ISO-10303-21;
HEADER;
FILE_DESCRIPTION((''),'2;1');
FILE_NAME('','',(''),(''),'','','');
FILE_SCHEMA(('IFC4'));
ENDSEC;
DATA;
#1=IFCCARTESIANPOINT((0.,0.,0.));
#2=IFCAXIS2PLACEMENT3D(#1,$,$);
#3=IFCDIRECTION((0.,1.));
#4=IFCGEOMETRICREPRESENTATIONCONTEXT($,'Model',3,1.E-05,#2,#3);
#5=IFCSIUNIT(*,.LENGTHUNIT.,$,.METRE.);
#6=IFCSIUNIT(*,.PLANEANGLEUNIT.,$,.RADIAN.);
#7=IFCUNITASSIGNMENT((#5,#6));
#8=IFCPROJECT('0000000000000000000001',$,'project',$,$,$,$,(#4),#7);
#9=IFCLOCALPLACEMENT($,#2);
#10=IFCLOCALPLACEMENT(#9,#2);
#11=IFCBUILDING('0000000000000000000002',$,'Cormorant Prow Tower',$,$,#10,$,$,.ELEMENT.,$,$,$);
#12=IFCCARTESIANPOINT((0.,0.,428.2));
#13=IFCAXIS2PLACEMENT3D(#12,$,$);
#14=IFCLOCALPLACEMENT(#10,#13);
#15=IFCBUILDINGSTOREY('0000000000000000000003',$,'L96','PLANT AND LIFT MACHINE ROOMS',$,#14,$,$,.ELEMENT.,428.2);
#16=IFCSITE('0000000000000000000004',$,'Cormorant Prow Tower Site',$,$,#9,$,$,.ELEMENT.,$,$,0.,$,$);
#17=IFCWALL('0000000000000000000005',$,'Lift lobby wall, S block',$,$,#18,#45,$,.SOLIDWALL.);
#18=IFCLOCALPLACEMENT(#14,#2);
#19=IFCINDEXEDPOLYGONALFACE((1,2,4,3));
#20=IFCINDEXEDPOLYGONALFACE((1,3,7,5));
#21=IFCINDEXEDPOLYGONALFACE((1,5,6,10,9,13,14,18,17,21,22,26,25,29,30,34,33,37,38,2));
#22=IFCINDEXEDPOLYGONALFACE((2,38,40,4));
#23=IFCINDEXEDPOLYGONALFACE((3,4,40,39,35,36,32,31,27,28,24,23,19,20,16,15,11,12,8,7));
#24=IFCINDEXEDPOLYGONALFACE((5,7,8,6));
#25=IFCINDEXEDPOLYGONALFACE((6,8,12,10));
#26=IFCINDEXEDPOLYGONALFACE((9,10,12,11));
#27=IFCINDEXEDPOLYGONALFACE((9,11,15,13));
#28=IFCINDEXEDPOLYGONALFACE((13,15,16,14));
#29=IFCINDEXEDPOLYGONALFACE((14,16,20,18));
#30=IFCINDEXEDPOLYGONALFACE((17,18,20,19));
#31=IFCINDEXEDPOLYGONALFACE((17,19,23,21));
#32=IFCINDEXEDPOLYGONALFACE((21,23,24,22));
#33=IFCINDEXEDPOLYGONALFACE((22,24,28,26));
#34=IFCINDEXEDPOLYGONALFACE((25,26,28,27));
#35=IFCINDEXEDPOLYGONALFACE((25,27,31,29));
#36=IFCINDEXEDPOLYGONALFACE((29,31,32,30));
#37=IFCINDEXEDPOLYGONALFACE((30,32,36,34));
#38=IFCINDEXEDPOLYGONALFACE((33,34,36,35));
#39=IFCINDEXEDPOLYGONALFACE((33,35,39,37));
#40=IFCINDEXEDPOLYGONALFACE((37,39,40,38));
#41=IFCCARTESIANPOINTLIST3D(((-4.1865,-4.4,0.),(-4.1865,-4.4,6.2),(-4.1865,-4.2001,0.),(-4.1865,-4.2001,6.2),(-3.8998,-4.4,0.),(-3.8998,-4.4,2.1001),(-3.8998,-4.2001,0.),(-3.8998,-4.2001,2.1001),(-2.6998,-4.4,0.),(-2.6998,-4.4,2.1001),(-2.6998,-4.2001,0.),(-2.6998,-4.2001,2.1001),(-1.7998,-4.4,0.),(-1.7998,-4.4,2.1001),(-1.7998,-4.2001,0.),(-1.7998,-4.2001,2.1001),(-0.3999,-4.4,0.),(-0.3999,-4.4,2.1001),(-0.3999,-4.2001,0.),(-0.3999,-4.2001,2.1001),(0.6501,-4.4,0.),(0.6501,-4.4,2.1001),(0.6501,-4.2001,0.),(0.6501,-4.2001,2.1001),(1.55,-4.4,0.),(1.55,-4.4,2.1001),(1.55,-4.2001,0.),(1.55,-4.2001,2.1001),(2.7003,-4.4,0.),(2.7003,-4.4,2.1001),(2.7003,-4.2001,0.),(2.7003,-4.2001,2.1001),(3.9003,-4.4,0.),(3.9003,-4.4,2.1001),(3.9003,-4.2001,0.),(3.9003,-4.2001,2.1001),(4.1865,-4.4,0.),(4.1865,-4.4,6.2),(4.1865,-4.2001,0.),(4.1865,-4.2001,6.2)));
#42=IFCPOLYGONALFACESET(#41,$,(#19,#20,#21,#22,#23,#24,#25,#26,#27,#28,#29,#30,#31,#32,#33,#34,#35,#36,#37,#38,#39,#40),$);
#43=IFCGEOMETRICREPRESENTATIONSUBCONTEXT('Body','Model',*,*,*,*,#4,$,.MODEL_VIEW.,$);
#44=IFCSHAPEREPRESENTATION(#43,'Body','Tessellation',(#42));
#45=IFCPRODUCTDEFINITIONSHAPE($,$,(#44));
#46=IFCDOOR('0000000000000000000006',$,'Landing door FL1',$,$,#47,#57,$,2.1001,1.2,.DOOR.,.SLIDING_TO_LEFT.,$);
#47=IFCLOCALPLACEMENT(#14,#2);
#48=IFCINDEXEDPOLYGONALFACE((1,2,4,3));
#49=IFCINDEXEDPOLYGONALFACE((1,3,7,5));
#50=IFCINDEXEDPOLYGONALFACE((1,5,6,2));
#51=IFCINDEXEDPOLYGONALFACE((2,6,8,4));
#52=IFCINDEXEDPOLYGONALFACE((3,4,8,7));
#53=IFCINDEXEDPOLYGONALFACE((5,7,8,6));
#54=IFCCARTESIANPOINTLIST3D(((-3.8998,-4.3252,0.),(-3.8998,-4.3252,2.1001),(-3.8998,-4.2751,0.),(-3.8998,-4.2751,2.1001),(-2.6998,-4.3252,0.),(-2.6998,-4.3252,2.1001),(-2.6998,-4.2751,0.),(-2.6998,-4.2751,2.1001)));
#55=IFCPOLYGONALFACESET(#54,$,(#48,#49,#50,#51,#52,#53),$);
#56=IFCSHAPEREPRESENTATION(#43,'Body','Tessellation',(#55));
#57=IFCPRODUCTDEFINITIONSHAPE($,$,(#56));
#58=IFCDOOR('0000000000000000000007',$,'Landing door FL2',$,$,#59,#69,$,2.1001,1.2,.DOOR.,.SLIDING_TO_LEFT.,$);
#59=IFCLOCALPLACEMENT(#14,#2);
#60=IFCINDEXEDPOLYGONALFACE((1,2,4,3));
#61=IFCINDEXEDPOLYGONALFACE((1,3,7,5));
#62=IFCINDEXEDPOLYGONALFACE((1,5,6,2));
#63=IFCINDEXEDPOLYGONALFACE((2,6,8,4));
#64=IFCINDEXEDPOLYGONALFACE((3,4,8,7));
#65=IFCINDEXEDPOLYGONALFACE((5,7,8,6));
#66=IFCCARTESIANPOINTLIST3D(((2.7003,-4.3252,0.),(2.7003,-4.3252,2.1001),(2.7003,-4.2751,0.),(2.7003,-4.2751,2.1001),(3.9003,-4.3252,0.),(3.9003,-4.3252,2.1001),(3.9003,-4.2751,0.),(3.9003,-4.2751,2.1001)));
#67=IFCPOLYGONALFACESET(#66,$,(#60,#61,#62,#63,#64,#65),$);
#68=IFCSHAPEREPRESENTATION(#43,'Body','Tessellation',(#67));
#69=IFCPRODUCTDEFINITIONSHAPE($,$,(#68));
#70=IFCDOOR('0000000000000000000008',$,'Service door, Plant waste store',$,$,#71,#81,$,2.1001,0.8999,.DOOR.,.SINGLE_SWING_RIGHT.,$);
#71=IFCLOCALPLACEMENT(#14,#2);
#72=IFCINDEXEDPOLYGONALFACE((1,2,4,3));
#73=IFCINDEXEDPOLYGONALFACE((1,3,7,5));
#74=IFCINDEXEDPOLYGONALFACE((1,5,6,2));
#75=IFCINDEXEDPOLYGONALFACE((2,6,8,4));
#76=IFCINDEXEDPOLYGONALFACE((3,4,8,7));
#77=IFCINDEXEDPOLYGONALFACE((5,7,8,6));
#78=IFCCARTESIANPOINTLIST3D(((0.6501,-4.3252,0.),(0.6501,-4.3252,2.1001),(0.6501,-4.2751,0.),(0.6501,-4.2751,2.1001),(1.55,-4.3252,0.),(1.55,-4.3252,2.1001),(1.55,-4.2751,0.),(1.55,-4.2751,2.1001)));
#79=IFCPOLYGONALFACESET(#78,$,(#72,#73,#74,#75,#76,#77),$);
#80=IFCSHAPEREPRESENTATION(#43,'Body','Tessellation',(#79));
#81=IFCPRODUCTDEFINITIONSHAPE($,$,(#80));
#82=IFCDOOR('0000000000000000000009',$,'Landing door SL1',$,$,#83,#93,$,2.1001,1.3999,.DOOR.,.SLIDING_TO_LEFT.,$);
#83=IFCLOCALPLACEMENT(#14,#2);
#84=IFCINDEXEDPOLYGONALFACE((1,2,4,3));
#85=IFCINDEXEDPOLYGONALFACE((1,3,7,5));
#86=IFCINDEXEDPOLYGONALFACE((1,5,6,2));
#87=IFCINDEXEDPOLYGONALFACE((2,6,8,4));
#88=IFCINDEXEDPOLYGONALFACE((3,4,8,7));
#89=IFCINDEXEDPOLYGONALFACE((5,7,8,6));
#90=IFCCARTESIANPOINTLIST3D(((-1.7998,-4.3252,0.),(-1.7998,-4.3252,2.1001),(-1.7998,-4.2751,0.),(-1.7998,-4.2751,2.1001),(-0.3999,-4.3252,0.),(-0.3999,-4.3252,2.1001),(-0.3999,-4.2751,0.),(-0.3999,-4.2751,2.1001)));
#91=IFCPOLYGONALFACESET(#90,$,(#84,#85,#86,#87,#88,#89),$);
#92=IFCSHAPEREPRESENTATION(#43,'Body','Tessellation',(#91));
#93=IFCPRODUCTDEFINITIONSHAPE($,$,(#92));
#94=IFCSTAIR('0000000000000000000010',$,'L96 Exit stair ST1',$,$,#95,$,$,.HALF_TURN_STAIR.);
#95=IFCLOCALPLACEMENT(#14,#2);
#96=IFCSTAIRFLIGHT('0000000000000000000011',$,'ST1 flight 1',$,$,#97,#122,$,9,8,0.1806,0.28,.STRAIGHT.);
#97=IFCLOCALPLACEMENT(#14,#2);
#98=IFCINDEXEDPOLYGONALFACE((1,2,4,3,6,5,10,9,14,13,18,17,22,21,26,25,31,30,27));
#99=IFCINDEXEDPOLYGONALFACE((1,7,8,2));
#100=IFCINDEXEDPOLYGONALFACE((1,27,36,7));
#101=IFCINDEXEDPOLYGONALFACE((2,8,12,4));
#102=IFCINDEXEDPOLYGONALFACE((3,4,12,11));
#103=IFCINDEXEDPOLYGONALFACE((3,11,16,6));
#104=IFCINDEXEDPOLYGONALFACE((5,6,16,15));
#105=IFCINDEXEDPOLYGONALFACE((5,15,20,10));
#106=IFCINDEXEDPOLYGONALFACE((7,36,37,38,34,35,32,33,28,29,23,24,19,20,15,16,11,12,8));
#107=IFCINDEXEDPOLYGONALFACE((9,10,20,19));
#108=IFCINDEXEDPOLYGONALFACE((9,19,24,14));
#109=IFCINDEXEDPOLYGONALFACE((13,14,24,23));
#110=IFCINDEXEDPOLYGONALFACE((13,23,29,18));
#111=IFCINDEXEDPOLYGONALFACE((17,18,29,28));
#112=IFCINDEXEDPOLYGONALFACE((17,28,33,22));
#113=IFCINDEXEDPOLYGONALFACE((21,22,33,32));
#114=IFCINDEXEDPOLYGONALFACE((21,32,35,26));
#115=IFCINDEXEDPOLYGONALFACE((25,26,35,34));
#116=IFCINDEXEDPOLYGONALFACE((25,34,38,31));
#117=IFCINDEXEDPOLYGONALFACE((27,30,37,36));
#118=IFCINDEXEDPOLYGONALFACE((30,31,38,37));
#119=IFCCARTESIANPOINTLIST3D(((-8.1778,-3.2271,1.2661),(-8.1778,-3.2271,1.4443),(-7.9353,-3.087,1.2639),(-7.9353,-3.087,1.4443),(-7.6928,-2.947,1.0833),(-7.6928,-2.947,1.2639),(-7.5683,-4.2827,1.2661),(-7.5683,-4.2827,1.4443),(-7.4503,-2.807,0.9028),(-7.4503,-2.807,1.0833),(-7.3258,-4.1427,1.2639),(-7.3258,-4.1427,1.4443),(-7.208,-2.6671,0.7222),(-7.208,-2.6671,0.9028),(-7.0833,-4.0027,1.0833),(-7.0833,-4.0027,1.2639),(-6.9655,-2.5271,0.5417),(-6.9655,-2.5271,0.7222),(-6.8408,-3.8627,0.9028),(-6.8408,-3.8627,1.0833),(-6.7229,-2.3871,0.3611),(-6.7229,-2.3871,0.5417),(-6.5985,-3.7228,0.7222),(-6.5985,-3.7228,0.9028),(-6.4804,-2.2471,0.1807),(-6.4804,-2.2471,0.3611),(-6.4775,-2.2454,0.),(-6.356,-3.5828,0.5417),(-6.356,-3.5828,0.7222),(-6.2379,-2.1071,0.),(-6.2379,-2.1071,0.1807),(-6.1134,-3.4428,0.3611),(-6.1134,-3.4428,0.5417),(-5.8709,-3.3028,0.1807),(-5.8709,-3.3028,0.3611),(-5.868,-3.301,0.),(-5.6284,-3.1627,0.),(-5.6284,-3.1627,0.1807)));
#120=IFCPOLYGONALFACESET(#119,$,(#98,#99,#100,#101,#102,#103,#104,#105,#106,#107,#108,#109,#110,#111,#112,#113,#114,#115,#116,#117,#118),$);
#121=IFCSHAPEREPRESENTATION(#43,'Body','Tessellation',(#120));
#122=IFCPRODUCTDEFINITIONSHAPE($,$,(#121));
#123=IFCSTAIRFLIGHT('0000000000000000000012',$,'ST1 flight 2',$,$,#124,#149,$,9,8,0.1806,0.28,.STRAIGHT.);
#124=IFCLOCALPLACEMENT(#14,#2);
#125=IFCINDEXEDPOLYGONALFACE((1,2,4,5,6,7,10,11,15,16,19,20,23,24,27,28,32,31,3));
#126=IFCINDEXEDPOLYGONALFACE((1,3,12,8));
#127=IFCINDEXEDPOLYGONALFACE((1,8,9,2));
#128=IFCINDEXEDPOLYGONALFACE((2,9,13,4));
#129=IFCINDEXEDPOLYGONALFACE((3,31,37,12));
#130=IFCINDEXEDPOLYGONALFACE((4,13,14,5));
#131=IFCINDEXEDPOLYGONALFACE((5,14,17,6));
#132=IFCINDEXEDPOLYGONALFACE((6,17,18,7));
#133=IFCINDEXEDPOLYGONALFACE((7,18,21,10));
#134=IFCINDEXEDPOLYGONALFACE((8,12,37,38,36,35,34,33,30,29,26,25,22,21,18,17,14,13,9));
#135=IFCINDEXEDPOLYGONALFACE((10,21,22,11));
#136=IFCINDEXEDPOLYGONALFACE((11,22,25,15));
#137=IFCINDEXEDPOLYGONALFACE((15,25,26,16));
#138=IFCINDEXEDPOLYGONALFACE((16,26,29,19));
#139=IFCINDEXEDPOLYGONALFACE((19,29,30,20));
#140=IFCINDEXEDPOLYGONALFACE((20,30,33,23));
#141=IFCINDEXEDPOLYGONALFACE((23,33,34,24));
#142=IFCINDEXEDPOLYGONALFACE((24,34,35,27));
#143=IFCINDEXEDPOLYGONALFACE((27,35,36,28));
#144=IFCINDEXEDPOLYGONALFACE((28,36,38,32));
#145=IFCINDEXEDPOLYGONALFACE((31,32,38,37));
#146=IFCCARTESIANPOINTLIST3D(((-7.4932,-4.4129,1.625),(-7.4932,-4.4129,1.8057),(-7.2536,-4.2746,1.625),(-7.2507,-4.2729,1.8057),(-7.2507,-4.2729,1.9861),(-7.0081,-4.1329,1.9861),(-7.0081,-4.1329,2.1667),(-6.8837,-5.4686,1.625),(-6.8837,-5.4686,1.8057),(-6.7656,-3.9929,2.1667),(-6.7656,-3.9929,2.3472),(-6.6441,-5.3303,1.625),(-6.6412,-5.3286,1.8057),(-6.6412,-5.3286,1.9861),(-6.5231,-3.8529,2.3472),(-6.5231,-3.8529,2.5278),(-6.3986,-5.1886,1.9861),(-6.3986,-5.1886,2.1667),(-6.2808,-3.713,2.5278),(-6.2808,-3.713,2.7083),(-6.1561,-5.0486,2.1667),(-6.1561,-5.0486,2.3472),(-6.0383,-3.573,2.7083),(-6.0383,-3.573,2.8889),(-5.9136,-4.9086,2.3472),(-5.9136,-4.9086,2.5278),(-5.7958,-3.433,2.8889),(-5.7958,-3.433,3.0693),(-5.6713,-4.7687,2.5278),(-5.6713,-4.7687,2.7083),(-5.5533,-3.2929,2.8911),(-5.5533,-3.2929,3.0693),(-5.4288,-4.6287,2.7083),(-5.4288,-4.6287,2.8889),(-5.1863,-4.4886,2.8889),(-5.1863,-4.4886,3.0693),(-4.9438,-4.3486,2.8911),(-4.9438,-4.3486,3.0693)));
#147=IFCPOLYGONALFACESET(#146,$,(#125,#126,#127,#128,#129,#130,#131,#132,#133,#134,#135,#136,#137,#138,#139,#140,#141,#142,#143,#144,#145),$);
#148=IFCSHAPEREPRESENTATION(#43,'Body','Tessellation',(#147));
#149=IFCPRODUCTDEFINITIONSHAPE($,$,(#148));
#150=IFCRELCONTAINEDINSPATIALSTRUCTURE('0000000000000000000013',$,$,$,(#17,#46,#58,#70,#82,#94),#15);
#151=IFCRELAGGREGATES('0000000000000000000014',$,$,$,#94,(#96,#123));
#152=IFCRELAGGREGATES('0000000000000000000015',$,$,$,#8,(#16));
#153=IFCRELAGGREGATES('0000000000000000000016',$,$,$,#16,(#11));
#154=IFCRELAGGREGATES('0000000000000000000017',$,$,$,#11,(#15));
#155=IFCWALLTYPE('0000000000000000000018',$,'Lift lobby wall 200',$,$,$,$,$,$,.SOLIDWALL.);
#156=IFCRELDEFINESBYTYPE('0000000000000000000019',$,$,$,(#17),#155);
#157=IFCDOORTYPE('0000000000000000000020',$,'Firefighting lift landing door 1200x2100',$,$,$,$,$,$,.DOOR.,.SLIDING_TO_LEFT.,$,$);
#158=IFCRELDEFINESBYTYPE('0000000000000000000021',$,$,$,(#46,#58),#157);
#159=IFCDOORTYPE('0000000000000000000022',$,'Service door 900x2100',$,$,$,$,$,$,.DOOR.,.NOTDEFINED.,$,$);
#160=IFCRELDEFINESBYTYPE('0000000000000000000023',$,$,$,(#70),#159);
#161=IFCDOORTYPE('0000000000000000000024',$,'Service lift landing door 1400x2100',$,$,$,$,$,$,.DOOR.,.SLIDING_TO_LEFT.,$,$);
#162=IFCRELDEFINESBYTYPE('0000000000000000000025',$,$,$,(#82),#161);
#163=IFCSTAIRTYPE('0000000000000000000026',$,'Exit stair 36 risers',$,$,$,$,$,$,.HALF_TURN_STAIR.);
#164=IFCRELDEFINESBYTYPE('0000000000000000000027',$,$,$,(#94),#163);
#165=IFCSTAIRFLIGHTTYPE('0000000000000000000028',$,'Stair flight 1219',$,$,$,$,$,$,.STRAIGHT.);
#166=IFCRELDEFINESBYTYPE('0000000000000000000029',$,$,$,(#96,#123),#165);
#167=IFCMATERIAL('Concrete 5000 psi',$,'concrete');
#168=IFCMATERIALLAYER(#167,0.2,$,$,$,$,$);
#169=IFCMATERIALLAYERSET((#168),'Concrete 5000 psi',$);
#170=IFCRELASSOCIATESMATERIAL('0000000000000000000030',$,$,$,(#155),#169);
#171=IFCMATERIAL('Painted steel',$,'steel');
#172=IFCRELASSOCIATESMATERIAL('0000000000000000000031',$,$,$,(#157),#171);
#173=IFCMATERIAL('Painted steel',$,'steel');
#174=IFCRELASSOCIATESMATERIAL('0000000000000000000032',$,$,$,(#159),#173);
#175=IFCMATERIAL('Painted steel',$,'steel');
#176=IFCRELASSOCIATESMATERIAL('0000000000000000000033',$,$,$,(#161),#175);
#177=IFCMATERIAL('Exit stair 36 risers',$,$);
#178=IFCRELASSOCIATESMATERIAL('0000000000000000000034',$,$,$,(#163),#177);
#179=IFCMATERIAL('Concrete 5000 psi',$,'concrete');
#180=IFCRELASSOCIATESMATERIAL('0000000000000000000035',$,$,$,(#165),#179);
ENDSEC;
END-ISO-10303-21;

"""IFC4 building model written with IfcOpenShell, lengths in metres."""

from ifc_helpers import new_model, si_unit, direction, frame, frame_2d, origin, place, context, subcontext, project, spatial, polyline, rectangle, outline, extrude, material, layer, layer_set, type_object, element, fill, aggregate, save


model = new_model("IFC4")

# Units and contexts
model_context = context("Model", 3, precision=1e-05, world=origin(), true_north=direction((0.0, 1.0)))
body_context = subcontext(model_context, "Body", "Model", "MODEL_VIEW")
ifc_project = project(units=[si_unit("LENGTHUNIT", "METRE"), si_unit("PLANEANGLEUNIT", "RADIAN")], contexts=[model_context])

# Site, building, storey
site_placement = place(None, origin())
site = spatial("IfcSite", under=ifc_project, at=site_placement, Name="Cormorant Prow Tower Site", CompositionType="ELEMENT", RefElevation=0.0)
building_placement = place(site_placement, origin())
building = spatial("IfcBuilding", under=site, at=building_placement, Name="Cormorant Prow Tower", CompositionType="ELEMENT")
storey_placement = place(building_placement, frame((0.0, 0.0, 428.2)))
storey = spatial("IfcBuildingStorey", under=building, at=storey_placement, Name="L96", Description="PLANT AND LIFT MACHINE ROOMS", CompositionType="ELEMENT", Elevation=428.2)

# Wall, openings, doors
ifc_material_1 = material(Name="Concrete 5000 psi", Category="concrete")
ifc_layer_1 = layer(ifc_material_1, 0.2)
ifc_layer_set_1 = layer_set([ifc_layer_1], Name="Concrete 5000 psi")
wall_type_1 = type_object("IfcWallType", Name="Lift lobby wall 200", PredefinedType="SOLIDWALL", material=ifc_layer_set_1)
wall_1_placement = place(storey_placement, frame((-4.1865, -4.3, 0.0), z_axis=(0.0, 0.0, 1.0), x_axis=(1.0, 0.0, 0.0)))
wall_1 = element("IfcWall", 1, at=wall_1_placement, inside=storey, type_object=wall_type_1, Name="Lift lobby wall, S block", PredefinedType="SOLIDWALL", context=body_context, shape_type="SweptSolid", body=[
    extrude(rectangle(XDim=8.373, YDim=0.2, at=frame_2d((4.1865, 0.0))), origin(), (0.0, 0.0, 1.0), 6.2),
])
opening_1_placement = place(wall_1_placement, frame((0.2866, 0.0, 0.0)))
opening_1 = element("IfcOpeningElement", 2, at=opening_1_placement, cuts=wall_1, PredefinedType="OPENING", context=body_context, shape_type="SweptSolid", body=[
    extrude(rectangle(XDim=1.2, YDim=2.1001, at=frame_2d((0.6001, 1.05))), frame((0.0, 0.1099, 0.0), z_axis=(0.0, -1.0, 0.0), x_axis=(1.0, 0.0, 0.0)), (0.0, 0.0, 1.0), 0.22),
])
opening_2_placement = place(wall_1_placement, frame((2.3867, 0.0, 0.0)))
opening_2 = element("IfcOpeningElement", 3, at=opening_2_placement, cuts=wall_1, PredefinedType="OPENING", context=body_context, shape_type="SweptSolid", body=[
    extrude(rectangle(XDim=1.3999, YDim=2.1001, at=frame_2d((0.7, 1.05))), frame((0.0, 0.1099, 0.0), z_axis=(0.0, -1.0, 0.0), x_axis=(1.0, 0.0, 0.0)), (0.0, 0.0, 1.0), 0.22),
])
opening_3_placement = place(wall_1_placement, frame((4.8367, 0.0, 0.0)))
opening_3 = element("IfcOpeningElement", 4, at=opening_3_placement, cuts=wall_1, PredefinedType="OPENING", context=body_context, shape_type="SweptSolid", body=[
    extrude(rectangle(XDim=0.8999, YDim=2.1001, at=frame_2d((0.45, 1.05))), frame((0.0, 0.1099, 0.0), z_axis=(0.0, -1.0, 0.0), x_axis=(1.0, 0.0, 0.0)), (0.0, 0.0, 1.0), 0.22),
])
opening_4_placement = place(wall_1_placement, frame((6.8867, 0.0, 0.0)))
opening_4 = element("IfcOpeningElement", 5, at=opening_4_placement, cuts=wall_1, PredefinedType="OPENING", context=body_context, shape_type="SweptSolid", body=[
    extrude(rectangle(XDim=1.2, YDim=2.1001, at=frame_2d((0.6001, 1.05))), frame((0.0, 0.1099, 0.0), z_axis=(0.0, -1.0, 0.0), x_axis=(1.0, 0.0, 0.0)), (0.0, 0.0, 1.0), 0.22),
])
ifc_material_2 = material(Name="Painted steel", Category="steel")
door_type_1 = type_object("IfcDoorType", Name="Firefighting lift landing door 1200x2100", OperationType="SLIDING_TO_LEFT", PredefinedType="DOOR", material=ifc_material_2)
door_1_placement = place(opening_1_placement, origin())
door_1 = element("IfcDoor", 6, at=door_1_placement, inside=storey, type_object=door_type_1, Name="Landing door FL1", OperationType="SLIDING_TO_LEFT", OverallHeight=2.1001, OverallWidth=1.2, PredefinedType="DOOR", context=body_context, shape_type="SweptSolid", body=[
    extrude(rectangle(XDim=1.2, YDim=2.1001, at=frame_2d((0.6001, 1.05))), frame((0.0, 0.0249, 0.0), z_axis=(0.0, -1.0, 0.0), x_axis=(1.0, 0.0, 0.0)), (0.0, 0.0, 1.0), 0.05),
])
fill(opening_1, door_1)
door_2_placement = place(opening_4_placement, origin())
door_2 = element("IfcDoor", 7, at=door_2_placement, inside=storey, type_object=door_type_1, Name="Landing door FL2", OperationType="SLIDING_TO_LEFT", OverallHeight=2.1001, OverallWidth=1.2, PredefinedType="DOOR", context=body_context, shape_type="SweptSolid", body=[
    extrude(rectangle(XDim=1.2, YDim=2.1001, at=frame_2d((0.6001, 1.05))), frame((0.0, 0.0249, 0.0), z_axis=(0.0, -1.0, 0.0), x_axis=(1.0, 0.0, 0.0)), (0.0, 0.0, 1.0), 0.05),
])
fill(opening_4, door_2)
ifc_material_3 = material(Name="Painted steel", Category="steel")
door_type_2 = type_object("IfcDoorType", Name="Service door 900x2100", OperationType="NOTDEFINED", PredefinedType="DOOR", material=ifc_material_3)
door_3_placement = place(opening_3_placement, origin())
door_3 = element("IfcDoor", 8, at=door_3_placement, inside=storey, type_object=door_type_2, Name="Service door, Plant waste store", OperationType="SINGLE_SWING_RIGHT", OverallHeight=2.1001, OverallWidth=0.8999, PredefinedType="DOOR", context=body_context, shape_type="SweptSolid", body=[
    extrude(rectangle(XDim=0.8999, YDim=2.1001, at=frame_2d((0.45, 1.05))), frame((0.0, 0.0249, 0.0), z_axis=(0.0, -1.0, 0.0), x_axis=(1.0, 0.0, 0.0)), (0.0, 0.0, 1.0), 0.05),
])
fill(opening_3, door_3)
ifc_material_4 = material(Name="Painted steel", Category="steel")
door_type_3 = type_object("IfcDoorType", Name="Service lift landing door 1400x2100", OperationType="SLIDING_TO_LEFT", PredefinedType="DOOR", material=ifc_material_4)
door_4_placement = place(opening_2_placement, origin())
door_4 = element("IfcDoor", 9, at=door_4_placement, inside=storey, type_object=door_type_3, Name="Landing door SL1", OperationType="SLIDING_TO_LEFT", OverallHeight=2.1001, OverallWidth=1.3999, PredefinedType="DOOR", context=body_context, shape_type="SweptSolid", body=[
    extrude(rectangle(XDim=1.3999, YDim=2.1001, at=frame_2d((0.7, 1.05))), frame((0.0, 0.0249, 0.0), z_axis=(0.0, -1.0, 0.0), x_axis=(1.0, 0.0, 0.0)), (0.0, 0.0, 1.0), 0.05),
])
fill(opening_2, door_4)

# Stair, stair flights
ifc_material_5 = material(Name="Exit stair 36 risers")
stair_type = type_object("IfcStairType", Name="Exit stair 36 risers", PredefinedType="HALF_TURN_STAIR", material=ifc_material_5)
stair_placement = place(storey_placement, origin())
stair = element("IfcStair", 10, at=stair_placement, inside=storey, type_object=stair_type, Name="L96 Exit stair ST1", PredefinedType="HALF_TURN_STAIR")
ifc_material_6 = material(Name="Concrete 5000 psi", Category="concrete")
stair_flight_type = type_object("IfcStairFlightType", Name="Stair flight 1219", PredefinedType="STRAIGHT", material=ifc_material_6)
stair_flight_1_placement = place(storey_placement, frame((-5.9331, -2.635, 0.0), z_axis=(0.0, 0.0, 1.0), x_axis=(-0.866025, -0.5, 0.0)))
stair_flight_1 = element("IfcStairFlight", 11, at=stair_flight_1_placement, type_object=stair_flight_type, Name="ST1 flight 1", NumberOfRisers=9, NumberOfTreads=8, PredefinedType="STRAIGHT", RiserHeight=0.1806, TreadLength=0.28, context=body_context, shape_type="SweptSolid", body=[
    extrude(outline(polyline([(0.0, 0.0), (0.0, 0.1807), (0.28, 0.1807), (0.28, 0.3611), (0.5601, 0.3611), (0.5601, 0.5417), (0.8401, 0.5417), (0.8401, 0.7222), (1.1201, 0.7222), (1.1201, 0.9028), (1.3999, 0.9028), (1.3999, 1.0833), (1.6799, 1.0833), (1.6799, 1.2639), (1.96, 1.2639), (1.96, 1.4443), (2.24, 1.4443), (2.24, 1.625), (2.24, 1.2661), (0.2766, 0.0), (0.0, 0.0)])), frame((0.0, 0.6094, 0.0), z_axis=(0.0, -1.0, 0.0), x_axis=(1.0, 0.0, 0.0)), (0.0, 0.0, 1.0), 1.219),
])
stair_flight_2_placement = place(storey_placement, frame((-7.1885, -4.9407, 1.625), z_axis=(0.0, 0.0, 1.0), x_axis=(0.866025, 0.5, 0.0)))
stair_flight_2 = element("IfcStairFlight", 12, at=stair_flight_2_placement, type_object=stair_flight_type, Name="ST1 flight 2", NumberOfRisers=9, NumberOfTreads=8, PredefinedType="STRAIGHT", RiserHeight=0.1806, TreadLength=0.28, context=body_context, shape_type="SweptSolid", body=[
    extrude(outline(polyline([(0.0, 0.0), (0.0, 0.1807), (0.28, 0.1807), (0.28, 0.3611), (0.5601, 0.3611), (0.5601, 0.5417), (0.8401, 0.5417), (0.8401, 0.7222), (1.1201, 0.7222), (1.1201, 0.9028), (1.3999, 0.9028), (1.3999, 1.0833), (1.6799, 1.0833), (1.6799, 1.2639), (1.96, 1.2639), (1.96, 1.4443), (2.24, 1.4443), (2.24, 1.625), (2.24, 1.2661), (0.2766, 0.0), (0.0, 0.0)])), frame((0.0, 0.6094, 0.0), z_axis=(0.0, -1.0, 0.0), x_axis=(1.0, 0.0, 0.0)), (0.0, 0.0, 1.0), 1.219),
])
aggregate(stair, [stair_flight_1, stair_flight_2])

save(model, "model.ifc")
